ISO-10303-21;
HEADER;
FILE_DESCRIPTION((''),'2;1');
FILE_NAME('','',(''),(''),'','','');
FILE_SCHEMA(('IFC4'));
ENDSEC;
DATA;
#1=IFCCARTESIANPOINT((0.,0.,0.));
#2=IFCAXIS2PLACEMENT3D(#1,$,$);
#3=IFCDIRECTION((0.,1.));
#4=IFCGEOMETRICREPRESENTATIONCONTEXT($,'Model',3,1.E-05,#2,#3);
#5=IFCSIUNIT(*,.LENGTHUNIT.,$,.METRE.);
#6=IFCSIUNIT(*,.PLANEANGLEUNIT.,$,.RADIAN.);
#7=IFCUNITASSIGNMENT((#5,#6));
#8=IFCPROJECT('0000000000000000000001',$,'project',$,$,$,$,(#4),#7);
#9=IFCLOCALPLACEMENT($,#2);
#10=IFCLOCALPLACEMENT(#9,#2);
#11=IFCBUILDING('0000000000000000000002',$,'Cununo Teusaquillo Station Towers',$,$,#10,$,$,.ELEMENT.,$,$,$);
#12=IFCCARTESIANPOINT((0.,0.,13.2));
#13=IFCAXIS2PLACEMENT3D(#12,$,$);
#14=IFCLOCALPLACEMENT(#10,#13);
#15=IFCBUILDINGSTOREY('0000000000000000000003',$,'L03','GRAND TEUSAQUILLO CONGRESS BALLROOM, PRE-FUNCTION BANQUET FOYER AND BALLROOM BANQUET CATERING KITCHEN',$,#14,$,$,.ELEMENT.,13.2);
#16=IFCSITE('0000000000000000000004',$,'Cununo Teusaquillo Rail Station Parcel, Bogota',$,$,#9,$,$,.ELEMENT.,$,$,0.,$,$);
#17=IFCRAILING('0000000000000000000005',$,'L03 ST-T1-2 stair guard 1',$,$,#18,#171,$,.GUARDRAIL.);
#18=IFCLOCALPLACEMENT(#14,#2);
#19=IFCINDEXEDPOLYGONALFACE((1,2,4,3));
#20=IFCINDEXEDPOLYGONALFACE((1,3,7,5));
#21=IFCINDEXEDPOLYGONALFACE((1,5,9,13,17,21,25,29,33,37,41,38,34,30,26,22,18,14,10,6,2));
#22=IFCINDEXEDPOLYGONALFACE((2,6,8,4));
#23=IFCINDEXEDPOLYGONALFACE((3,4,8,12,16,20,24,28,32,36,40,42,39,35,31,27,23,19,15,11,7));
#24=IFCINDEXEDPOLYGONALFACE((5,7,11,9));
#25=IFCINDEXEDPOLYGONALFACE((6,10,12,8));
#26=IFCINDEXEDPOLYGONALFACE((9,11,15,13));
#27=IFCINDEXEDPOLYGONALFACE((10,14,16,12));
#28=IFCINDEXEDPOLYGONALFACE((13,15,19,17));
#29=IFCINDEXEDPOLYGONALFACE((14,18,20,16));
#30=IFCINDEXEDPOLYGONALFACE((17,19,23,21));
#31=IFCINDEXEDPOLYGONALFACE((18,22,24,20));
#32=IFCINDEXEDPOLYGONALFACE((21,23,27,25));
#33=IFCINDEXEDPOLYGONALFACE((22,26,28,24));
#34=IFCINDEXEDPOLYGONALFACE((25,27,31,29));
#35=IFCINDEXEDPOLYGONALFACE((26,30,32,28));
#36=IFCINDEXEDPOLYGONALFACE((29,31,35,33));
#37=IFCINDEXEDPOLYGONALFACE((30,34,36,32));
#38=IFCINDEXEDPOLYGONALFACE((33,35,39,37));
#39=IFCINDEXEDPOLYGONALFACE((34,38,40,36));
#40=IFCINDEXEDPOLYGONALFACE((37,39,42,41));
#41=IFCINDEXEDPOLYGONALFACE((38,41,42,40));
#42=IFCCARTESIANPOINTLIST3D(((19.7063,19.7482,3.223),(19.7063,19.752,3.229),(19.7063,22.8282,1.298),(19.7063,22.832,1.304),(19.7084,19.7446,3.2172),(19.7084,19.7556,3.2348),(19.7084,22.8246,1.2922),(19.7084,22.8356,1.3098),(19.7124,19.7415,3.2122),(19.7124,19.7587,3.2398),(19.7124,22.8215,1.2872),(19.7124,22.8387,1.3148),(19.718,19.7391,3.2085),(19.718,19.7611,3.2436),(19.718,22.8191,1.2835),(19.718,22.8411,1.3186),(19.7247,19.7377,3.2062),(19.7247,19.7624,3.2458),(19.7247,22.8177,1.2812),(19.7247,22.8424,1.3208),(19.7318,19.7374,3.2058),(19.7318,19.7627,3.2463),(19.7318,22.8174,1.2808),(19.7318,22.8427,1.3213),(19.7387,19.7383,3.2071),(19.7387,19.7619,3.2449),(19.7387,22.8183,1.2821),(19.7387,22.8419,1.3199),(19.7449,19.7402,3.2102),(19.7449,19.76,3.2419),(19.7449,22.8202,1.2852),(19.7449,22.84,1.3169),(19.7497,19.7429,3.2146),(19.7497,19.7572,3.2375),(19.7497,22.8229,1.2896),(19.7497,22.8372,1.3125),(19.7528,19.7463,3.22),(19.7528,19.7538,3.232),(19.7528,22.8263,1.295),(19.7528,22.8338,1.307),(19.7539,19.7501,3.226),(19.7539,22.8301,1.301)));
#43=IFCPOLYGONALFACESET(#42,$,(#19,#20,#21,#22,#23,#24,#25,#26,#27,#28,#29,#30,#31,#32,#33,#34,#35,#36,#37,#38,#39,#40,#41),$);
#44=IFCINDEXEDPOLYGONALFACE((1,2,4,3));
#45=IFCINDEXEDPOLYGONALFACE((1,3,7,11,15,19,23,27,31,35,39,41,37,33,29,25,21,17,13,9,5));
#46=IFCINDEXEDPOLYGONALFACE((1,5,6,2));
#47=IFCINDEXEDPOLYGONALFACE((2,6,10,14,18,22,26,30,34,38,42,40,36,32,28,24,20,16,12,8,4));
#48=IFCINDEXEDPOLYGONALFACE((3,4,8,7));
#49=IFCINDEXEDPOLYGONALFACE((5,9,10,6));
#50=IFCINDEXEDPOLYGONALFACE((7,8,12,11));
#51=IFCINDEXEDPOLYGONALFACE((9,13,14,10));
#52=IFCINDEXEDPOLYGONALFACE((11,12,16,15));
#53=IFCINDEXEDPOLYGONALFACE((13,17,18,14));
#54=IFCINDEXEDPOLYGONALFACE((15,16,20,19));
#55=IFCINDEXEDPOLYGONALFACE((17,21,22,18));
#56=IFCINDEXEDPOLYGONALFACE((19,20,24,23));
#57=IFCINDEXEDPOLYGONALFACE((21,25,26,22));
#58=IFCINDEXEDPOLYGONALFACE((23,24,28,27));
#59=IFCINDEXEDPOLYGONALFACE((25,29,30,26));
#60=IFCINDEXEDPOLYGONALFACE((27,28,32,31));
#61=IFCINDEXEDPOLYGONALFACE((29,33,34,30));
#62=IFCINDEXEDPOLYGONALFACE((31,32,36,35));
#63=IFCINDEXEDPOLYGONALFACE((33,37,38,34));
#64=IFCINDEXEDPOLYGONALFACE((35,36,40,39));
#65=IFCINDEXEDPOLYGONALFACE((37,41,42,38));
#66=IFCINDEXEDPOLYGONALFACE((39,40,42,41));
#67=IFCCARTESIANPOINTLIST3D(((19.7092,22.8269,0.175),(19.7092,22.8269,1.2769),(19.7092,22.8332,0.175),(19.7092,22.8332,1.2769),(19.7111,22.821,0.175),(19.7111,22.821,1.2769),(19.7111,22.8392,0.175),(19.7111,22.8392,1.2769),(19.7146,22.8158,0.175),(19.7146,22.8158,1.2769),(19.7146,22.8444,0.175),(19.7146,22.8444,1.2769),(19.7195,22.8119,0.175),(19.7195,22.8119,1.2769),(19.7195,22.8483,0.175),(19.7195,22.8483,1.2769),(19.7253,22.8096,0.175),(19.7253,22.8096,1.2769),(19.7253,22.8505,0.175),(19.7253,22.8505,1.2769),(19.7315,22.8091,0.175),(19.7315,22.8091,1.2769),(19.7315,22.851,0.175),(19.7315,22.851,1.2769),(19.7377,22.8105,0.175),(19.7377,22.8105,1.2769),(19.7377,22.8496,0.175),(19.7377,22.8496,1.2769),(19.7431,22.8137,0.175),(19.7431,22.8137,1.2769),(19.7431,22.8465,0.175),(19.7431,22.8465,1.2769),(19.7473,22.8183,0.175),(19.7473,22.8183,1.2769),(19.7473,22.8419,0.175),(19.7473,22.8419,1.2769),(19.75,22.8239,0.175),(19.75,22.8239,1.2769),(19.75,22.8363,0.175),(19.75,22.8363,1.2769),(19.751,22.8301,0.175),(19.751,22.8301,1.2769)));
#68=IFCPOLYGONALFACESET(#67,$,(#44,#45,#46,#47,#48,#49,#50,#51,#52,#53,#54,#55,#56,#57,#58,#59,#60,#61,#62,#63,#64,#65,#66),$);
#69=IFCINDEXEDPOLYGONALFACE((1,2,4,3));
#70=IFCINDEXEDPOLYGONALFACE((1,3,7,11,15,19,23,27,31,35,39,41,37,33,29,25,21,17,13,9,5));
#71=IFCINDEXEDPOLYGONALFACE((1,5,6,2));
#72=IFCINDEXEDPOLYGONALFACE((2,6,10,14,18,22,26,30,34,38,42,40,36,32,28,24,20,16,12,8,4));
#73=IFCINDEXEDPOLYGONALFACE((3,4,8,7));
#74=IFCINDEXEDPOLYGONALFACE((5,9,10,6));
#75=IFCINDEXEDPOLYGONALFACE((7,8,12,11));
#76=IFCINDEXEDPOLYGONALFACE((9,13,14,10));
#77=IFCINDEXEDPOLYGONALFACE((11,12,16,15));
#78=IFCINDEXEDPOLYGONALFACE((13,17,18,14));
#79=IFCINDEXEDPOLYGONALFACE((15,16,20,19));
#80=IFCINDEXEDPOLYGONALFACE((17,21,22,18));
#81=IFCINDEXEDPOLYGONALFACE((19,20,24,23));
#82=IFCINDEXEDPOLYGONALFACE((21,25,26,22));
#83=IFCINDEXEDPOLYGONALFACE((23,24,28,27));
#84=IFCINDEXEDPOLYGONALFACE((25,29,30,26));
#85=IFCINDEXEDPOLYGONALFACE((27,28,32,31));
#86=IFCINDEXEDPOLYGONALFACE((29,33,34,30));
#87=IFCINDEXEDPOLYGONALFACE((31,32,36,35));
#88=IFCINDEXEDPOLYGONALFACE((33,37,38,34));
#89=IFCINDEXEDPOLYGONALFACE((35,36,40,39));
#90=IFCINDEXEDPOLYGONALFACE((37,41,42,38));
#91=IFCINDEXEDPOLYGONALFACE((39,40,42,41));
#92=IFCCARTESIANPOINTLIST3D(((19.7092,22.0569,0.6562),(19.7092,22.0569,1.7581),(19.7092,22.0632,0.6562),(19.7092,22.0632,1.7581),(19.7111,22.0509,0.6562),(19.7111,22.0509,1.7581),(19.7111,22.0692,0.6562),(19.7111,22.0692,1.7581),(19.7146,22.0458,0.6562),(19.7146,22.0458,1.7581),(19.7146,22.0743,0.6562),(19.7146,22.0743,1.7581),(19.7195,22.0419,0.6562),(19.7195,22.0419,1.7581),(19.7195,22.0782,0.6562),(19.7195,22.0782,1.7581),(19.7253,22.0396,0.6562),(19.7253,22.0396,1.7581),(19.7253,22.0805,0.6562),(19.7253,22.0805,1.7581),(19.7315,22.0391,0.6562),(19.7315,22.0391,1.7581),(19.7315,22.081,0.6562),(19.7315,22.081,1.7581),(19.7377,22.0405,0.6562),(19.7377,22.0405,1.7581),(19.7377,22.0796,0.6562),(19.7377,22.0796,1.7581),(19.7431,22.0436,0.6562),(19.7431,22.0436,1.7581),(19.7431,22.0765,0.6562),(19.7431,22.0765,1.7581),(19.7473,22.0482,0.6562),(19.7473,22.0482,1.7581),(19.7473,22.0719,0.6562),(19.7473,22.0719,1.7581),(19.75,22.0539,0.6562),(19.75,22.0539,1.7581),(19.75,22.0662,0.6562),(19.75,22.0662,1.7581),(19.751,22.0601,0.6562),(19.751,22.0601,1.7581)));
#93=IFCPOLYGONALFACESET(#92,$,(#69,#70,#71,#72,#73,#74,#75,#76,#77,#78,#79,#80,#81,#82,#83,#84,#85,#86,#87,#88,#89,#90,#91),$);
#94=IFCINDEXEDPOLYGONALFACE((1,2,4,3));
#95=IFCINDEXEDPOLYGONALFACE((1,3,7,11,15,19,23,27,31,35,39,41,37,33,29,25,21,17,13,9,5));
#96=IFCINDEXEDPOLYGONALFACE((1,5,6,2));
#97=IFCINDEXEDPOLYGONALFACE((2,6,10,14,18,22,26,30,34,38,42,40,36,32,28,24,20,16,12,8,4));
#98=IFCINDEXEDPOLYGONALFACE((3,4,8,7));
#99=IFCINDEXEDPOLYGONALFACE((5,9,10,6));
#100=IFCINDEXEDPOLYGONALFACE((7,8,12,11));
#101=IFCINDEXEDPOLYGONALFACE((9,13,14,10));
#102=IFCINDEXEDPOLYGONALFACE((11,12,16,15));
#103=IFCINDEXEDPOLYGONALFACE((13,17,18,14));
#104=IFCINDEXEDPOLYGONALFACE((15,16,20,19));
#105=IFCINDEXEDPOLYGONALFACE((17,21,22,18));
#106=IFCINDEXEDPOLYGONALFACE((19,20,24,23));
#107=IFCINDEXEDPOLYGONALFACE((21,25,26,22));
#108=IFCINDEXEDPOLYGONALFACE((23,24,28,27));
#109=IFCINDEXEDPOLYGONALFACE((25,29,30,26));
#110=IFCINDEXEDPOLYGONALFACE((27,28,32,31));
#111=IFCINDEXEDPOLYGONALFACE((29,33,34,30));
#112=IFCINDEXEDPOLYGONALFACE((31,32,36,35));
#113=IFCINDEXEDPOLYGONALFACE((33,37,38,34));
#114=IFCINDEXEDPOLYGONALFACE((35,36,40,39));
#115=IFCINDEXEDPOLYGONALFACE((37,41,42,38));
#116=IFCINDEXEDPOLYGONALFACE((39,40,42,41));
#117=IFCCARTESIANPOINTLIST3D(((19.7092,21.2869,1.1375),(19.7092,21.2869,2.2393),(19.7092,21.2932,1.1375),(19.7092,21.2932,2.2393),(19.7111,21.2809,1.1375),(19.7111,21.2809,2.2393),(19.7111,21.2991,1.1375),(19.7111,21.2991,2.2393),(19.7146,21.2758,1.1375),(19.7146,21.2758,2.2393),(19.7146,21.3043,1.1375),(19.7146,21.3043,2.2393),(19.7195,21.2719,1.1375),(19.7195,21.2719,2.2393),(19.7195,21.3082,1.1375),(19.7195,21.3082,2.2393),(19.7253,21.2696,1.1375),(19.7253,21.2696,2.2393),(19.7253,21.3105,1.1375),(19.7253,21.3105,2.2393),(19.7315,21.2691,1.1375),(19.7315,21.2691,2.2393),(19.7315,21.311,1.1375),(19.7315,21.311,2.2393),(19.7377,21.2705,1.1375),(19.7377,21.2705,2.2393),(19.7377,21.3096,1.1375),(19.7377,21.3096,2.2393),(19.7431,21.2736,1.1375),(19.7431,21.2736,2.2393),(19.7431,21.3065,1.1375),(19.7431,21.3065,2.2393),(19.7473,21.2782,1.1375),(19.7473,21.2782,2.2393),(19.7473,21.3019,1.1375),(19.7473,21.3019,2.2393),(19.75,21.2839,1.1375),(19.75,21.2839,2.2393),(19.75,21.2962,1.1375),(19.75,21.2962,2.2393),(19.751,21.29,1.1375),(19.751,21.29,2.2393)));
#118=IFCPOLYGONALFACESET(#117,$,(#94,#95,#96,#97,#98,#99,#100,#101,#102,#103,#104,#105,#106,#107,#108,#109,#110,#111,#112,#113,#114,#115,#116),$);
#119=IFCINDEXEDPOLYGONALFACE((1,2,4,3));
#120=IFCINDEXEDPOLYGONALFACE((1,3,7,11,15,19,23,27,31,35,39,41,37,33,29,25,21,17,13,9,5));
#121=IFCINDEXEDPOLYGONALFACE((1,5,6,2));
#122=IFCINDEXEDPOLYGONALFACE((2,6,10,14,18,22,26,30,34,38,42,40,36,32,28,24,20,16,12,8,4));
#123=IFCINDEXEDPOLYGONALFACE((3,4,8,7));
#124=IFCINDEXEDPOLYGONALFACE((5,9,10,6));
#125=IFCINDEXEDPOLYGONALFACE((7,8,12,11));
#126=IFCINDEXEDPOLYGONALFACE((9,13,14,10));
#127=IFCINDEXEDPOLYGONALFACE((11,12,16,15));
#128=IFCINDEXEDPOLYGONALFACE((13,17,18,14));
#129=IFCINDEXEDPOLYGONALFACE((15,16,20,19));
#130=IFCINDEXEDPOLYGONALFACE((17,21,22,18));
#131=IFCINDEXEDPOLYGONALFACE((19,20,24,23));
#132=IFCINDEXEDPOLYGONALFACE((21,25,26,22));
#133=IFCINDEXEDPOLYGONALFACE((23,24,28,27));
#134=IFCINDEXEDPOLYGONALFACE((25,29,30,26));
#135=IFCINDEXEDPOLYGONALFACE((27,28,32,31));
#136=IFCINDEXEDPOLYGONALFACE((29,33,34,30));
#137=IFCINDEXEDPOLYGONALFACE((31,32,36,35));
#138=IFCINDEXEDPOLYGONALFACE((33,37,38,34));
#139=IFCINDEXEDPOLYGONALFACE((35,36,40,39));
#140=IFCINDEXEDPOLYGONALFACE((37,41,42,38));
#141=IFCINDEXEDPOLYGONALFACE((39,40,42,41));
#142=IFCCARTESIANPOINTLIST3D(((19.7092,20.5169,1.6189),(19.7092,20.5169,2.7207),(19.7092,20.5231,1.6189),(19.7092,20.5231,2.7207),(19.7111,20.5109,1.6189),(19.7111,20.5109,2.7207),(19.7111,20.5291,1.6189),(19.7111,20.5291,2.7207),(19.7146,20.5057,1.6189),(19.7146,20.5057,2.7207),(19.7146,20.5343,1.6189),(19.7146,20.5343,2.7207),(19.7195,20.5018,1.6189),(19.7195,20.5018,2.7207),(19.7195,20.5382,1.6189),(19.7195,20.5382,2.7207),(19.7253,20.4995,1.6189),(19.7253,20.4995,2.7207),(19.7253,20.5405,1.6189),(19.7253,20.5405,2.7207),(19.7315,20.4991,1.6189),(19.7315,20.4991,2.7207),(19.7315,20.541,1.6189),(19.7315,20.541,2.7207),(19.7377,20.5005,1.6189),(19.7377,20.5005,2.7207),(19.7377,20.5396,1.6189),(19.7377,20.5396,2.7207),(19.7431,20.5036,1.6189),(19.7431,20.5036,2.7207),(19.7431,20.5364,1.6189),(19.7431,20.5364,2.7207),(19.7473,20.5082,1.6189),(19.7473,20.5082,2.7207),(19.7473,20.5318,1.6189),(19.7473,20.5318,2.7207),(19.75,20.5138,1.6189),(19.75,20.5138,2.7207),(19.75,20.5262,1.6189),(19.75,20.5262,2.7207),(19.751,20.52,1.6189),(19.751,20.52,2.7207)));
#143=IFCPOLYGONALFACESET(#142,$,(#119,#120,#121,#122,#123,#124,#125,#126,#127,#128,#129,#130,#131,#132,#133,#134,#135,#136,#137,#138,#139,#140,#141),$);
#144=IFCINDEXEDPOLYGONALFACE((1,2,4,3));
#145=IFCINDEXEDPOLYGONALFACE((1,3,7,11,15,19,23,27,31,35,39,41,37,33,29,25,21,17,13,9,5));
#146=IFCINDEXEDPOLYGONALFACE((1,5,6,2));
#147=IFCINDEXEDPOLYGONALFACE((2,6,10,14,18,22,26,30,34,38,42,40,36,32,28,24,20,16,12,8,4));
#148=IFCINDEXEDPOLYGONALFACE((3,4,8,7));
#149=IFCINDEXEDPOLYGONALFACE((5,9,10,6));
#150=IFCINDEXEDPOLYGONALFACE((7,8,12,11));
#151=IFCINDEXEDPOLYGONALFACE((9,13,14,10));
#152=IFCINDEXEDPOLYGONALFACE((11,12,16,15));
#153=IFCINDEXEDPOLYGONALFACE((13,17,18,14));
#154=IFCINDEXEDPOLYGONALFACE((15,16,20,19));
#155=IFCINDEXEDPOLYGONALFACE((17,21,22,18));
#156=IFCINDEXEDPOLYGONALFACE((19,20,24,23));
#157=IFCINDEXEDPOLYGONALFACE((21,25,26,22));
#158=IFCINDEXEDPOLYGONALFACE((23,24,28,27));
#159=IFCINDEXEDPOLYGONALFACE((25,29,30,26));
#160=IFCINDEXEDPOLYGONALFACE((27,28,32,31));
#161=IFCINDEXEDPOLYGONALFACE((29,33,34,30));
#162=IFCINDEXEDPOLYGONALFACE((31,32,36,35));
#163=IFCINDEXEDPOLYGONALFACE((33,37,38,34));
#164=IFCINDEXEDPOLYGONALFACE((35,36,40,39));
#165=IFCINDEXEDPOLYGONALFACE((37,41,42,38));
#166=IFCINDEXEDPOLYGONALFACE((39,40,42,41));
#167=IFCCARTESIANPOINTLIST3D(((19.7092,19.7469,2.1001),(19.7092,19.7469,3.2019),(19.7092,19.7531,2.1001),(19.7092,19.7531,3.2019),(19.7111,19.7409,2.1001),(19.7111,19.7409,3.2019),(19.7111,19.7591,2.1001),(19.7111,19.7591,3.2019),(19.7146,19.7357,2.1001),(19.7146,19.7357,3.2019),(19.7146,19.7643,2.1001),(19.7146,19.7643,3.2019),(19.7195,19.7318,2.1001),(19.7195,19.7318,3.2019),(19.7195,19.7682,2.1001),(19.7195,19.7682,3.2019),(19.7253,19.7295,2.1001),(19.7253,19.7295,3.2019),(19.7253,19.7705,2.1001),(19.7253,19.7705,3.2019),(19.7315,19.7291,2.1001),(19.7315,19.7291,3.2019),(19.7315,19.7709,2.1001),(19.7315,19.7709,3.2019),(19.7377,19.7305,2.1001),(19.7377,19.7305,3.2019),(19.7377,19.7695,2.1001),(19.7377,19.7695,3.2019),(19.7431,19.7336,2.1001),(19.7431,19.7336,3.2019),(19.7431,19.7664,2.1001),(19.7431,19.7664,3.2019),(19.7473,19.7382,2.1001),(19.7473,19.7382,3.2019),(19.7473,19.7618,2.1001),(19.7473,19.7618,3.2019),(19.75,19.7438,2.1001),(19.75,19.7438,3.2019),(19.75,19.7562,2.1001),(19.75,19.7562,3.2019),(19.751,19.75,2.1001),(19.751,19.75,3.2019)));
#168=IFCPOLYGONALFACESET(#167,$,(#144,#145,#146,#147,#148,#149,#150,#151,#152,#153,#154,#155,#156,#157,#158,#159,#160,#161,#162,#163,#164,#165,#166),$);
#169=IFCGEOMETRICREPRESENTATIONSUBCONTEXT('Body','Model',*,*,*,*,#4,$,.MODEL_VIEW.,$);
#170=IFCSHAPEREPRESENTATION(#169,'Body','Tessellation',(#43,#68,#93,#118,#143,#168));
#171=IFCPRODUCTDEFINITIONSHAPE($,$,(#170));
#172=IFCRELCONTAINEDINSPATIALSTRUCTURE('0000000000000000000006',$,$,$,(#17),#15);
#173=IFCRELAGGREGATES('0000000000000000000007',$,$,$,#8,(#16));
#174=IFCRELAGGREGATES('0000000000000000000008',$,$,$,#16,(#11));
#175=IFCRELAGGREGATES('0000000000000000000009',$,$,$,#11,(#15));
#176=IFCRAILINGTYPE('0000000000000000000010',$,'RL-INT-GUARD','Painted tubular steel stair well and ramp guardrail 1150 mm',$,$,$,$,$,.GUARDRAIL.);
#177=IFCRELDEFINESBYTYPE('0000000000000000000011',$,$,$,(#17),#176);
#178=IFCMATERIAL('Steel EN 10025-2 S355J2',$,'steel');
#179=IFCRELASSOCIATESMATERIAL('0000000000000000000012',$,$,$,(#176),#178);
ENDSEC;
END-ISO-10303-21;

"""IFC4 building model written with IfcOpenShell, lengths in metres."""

from ifc_helpers import new_model, si_unit, direction, frame, origin, origin_2d, place, context, subcontext, project, spatial, circle, extrude, material, type_object, element, save


model = new_model("IFC4")

# Units and contexts
model_context = context("Model", 3, precision=1e-05, world=origin(), true_north=direction((0.0, 1.0)))
body_context = subcontext(model_context, "Body", "Model", "MODEL_VIEW")
ifc_project = project(units=[si_unit("LENGTHUNIT", "METRE"), si_unit("PLANEANGLEUNIT", "RADIAN")], contexts=[model_context])

# Site, building, storey
site_placement = place(None, origin())
site = spatial("IfcSite", under=ifc_project, at=site_placement, Name="Cununo Teusaquillo Rail Station Parcel, Bogota", CompositionType="ELEMENT", RefElevation=0.0)
building_placement = place(site_placement, origin())
building = spatial("IfcBuilding", under=site, at=building_placement, Name="Cununo Teusaquillo Station Towers", CompositionType="ELEMENT")
storey_placement = place(building_placement, frame((0.0, 0.0, 13.2)))
storey = spatial("IfcBuildingStorey", under=building, at=storey_placement, Name="L03", Description="GRAND TEUSAQUILLO CONGRESS BALLROOM, PRE-FUNCTION BANQUET FOYER AND BALLROOM BANQUET CATERING KITCHEN", CompositionType="ELEMENT", Elevation=13.2)

# Railing
ifc_material_1 = material(Name="Steel EN 10025-2 S355J2", Category="steel")
railing_type_1 = type_object("IfcRailingType", Name="RL-INT-GUARD", Description="Painted tubular steel stair well and ramp guardrail 1150 mm", PredefinedType="GUARDRAIL", material=ifc_material_1)
railing_1_placement = place(storey_placement, frame((19.73, 22.8301, 0.175)))
element("IfcRailing", 1, at=railing_1_placement, inside=storey, type_object=railing_type_1, Name="L03 ST-T1-2 stair guard 1", PredefinedType="GUARDRAIL", context=body_context, shape_type="SweptSolid", body=[
    extrude(circle(Radius=0.0239, at=origin_2d()), frame((0.0, 0.0, 1.126), z_axis=(0.0, -0.847998, 0.529999), x_axis=(1.0, 0.0, 0.0)), (0.0, 0.0, 1.0), 3.6321),
    extrude(circle(Radius=0.021, at=origin_2d()), origin(), (0.0, 0.0, 1.0), 1.1018),
    extrude(circle(Radius=0.021, at=origin_2d()), frame((0.0, -0.77, 0.4812)), (0.0, 0.0, 1.0), 1.1018),
    extrude(circle(Radius=0.021, at=origin_2d()), frame((0.0, -1.54, 0.9624)), (0.0, 0.0, 1.0), 1.1018),
    extrude(circle(Radius=0.021, at=origin_2d()), frame((0.0, -2.3101, 1.4438)), (0.0, 0.0, 1.0), 1.1018),
    extrude(circle(Radius=0.021, at=origin_2d()), frame((0.0, -3.0801, 1.925)), (0.0, 0.0, 1.0), 1.1018),
])

save(model, "model.ifc")
